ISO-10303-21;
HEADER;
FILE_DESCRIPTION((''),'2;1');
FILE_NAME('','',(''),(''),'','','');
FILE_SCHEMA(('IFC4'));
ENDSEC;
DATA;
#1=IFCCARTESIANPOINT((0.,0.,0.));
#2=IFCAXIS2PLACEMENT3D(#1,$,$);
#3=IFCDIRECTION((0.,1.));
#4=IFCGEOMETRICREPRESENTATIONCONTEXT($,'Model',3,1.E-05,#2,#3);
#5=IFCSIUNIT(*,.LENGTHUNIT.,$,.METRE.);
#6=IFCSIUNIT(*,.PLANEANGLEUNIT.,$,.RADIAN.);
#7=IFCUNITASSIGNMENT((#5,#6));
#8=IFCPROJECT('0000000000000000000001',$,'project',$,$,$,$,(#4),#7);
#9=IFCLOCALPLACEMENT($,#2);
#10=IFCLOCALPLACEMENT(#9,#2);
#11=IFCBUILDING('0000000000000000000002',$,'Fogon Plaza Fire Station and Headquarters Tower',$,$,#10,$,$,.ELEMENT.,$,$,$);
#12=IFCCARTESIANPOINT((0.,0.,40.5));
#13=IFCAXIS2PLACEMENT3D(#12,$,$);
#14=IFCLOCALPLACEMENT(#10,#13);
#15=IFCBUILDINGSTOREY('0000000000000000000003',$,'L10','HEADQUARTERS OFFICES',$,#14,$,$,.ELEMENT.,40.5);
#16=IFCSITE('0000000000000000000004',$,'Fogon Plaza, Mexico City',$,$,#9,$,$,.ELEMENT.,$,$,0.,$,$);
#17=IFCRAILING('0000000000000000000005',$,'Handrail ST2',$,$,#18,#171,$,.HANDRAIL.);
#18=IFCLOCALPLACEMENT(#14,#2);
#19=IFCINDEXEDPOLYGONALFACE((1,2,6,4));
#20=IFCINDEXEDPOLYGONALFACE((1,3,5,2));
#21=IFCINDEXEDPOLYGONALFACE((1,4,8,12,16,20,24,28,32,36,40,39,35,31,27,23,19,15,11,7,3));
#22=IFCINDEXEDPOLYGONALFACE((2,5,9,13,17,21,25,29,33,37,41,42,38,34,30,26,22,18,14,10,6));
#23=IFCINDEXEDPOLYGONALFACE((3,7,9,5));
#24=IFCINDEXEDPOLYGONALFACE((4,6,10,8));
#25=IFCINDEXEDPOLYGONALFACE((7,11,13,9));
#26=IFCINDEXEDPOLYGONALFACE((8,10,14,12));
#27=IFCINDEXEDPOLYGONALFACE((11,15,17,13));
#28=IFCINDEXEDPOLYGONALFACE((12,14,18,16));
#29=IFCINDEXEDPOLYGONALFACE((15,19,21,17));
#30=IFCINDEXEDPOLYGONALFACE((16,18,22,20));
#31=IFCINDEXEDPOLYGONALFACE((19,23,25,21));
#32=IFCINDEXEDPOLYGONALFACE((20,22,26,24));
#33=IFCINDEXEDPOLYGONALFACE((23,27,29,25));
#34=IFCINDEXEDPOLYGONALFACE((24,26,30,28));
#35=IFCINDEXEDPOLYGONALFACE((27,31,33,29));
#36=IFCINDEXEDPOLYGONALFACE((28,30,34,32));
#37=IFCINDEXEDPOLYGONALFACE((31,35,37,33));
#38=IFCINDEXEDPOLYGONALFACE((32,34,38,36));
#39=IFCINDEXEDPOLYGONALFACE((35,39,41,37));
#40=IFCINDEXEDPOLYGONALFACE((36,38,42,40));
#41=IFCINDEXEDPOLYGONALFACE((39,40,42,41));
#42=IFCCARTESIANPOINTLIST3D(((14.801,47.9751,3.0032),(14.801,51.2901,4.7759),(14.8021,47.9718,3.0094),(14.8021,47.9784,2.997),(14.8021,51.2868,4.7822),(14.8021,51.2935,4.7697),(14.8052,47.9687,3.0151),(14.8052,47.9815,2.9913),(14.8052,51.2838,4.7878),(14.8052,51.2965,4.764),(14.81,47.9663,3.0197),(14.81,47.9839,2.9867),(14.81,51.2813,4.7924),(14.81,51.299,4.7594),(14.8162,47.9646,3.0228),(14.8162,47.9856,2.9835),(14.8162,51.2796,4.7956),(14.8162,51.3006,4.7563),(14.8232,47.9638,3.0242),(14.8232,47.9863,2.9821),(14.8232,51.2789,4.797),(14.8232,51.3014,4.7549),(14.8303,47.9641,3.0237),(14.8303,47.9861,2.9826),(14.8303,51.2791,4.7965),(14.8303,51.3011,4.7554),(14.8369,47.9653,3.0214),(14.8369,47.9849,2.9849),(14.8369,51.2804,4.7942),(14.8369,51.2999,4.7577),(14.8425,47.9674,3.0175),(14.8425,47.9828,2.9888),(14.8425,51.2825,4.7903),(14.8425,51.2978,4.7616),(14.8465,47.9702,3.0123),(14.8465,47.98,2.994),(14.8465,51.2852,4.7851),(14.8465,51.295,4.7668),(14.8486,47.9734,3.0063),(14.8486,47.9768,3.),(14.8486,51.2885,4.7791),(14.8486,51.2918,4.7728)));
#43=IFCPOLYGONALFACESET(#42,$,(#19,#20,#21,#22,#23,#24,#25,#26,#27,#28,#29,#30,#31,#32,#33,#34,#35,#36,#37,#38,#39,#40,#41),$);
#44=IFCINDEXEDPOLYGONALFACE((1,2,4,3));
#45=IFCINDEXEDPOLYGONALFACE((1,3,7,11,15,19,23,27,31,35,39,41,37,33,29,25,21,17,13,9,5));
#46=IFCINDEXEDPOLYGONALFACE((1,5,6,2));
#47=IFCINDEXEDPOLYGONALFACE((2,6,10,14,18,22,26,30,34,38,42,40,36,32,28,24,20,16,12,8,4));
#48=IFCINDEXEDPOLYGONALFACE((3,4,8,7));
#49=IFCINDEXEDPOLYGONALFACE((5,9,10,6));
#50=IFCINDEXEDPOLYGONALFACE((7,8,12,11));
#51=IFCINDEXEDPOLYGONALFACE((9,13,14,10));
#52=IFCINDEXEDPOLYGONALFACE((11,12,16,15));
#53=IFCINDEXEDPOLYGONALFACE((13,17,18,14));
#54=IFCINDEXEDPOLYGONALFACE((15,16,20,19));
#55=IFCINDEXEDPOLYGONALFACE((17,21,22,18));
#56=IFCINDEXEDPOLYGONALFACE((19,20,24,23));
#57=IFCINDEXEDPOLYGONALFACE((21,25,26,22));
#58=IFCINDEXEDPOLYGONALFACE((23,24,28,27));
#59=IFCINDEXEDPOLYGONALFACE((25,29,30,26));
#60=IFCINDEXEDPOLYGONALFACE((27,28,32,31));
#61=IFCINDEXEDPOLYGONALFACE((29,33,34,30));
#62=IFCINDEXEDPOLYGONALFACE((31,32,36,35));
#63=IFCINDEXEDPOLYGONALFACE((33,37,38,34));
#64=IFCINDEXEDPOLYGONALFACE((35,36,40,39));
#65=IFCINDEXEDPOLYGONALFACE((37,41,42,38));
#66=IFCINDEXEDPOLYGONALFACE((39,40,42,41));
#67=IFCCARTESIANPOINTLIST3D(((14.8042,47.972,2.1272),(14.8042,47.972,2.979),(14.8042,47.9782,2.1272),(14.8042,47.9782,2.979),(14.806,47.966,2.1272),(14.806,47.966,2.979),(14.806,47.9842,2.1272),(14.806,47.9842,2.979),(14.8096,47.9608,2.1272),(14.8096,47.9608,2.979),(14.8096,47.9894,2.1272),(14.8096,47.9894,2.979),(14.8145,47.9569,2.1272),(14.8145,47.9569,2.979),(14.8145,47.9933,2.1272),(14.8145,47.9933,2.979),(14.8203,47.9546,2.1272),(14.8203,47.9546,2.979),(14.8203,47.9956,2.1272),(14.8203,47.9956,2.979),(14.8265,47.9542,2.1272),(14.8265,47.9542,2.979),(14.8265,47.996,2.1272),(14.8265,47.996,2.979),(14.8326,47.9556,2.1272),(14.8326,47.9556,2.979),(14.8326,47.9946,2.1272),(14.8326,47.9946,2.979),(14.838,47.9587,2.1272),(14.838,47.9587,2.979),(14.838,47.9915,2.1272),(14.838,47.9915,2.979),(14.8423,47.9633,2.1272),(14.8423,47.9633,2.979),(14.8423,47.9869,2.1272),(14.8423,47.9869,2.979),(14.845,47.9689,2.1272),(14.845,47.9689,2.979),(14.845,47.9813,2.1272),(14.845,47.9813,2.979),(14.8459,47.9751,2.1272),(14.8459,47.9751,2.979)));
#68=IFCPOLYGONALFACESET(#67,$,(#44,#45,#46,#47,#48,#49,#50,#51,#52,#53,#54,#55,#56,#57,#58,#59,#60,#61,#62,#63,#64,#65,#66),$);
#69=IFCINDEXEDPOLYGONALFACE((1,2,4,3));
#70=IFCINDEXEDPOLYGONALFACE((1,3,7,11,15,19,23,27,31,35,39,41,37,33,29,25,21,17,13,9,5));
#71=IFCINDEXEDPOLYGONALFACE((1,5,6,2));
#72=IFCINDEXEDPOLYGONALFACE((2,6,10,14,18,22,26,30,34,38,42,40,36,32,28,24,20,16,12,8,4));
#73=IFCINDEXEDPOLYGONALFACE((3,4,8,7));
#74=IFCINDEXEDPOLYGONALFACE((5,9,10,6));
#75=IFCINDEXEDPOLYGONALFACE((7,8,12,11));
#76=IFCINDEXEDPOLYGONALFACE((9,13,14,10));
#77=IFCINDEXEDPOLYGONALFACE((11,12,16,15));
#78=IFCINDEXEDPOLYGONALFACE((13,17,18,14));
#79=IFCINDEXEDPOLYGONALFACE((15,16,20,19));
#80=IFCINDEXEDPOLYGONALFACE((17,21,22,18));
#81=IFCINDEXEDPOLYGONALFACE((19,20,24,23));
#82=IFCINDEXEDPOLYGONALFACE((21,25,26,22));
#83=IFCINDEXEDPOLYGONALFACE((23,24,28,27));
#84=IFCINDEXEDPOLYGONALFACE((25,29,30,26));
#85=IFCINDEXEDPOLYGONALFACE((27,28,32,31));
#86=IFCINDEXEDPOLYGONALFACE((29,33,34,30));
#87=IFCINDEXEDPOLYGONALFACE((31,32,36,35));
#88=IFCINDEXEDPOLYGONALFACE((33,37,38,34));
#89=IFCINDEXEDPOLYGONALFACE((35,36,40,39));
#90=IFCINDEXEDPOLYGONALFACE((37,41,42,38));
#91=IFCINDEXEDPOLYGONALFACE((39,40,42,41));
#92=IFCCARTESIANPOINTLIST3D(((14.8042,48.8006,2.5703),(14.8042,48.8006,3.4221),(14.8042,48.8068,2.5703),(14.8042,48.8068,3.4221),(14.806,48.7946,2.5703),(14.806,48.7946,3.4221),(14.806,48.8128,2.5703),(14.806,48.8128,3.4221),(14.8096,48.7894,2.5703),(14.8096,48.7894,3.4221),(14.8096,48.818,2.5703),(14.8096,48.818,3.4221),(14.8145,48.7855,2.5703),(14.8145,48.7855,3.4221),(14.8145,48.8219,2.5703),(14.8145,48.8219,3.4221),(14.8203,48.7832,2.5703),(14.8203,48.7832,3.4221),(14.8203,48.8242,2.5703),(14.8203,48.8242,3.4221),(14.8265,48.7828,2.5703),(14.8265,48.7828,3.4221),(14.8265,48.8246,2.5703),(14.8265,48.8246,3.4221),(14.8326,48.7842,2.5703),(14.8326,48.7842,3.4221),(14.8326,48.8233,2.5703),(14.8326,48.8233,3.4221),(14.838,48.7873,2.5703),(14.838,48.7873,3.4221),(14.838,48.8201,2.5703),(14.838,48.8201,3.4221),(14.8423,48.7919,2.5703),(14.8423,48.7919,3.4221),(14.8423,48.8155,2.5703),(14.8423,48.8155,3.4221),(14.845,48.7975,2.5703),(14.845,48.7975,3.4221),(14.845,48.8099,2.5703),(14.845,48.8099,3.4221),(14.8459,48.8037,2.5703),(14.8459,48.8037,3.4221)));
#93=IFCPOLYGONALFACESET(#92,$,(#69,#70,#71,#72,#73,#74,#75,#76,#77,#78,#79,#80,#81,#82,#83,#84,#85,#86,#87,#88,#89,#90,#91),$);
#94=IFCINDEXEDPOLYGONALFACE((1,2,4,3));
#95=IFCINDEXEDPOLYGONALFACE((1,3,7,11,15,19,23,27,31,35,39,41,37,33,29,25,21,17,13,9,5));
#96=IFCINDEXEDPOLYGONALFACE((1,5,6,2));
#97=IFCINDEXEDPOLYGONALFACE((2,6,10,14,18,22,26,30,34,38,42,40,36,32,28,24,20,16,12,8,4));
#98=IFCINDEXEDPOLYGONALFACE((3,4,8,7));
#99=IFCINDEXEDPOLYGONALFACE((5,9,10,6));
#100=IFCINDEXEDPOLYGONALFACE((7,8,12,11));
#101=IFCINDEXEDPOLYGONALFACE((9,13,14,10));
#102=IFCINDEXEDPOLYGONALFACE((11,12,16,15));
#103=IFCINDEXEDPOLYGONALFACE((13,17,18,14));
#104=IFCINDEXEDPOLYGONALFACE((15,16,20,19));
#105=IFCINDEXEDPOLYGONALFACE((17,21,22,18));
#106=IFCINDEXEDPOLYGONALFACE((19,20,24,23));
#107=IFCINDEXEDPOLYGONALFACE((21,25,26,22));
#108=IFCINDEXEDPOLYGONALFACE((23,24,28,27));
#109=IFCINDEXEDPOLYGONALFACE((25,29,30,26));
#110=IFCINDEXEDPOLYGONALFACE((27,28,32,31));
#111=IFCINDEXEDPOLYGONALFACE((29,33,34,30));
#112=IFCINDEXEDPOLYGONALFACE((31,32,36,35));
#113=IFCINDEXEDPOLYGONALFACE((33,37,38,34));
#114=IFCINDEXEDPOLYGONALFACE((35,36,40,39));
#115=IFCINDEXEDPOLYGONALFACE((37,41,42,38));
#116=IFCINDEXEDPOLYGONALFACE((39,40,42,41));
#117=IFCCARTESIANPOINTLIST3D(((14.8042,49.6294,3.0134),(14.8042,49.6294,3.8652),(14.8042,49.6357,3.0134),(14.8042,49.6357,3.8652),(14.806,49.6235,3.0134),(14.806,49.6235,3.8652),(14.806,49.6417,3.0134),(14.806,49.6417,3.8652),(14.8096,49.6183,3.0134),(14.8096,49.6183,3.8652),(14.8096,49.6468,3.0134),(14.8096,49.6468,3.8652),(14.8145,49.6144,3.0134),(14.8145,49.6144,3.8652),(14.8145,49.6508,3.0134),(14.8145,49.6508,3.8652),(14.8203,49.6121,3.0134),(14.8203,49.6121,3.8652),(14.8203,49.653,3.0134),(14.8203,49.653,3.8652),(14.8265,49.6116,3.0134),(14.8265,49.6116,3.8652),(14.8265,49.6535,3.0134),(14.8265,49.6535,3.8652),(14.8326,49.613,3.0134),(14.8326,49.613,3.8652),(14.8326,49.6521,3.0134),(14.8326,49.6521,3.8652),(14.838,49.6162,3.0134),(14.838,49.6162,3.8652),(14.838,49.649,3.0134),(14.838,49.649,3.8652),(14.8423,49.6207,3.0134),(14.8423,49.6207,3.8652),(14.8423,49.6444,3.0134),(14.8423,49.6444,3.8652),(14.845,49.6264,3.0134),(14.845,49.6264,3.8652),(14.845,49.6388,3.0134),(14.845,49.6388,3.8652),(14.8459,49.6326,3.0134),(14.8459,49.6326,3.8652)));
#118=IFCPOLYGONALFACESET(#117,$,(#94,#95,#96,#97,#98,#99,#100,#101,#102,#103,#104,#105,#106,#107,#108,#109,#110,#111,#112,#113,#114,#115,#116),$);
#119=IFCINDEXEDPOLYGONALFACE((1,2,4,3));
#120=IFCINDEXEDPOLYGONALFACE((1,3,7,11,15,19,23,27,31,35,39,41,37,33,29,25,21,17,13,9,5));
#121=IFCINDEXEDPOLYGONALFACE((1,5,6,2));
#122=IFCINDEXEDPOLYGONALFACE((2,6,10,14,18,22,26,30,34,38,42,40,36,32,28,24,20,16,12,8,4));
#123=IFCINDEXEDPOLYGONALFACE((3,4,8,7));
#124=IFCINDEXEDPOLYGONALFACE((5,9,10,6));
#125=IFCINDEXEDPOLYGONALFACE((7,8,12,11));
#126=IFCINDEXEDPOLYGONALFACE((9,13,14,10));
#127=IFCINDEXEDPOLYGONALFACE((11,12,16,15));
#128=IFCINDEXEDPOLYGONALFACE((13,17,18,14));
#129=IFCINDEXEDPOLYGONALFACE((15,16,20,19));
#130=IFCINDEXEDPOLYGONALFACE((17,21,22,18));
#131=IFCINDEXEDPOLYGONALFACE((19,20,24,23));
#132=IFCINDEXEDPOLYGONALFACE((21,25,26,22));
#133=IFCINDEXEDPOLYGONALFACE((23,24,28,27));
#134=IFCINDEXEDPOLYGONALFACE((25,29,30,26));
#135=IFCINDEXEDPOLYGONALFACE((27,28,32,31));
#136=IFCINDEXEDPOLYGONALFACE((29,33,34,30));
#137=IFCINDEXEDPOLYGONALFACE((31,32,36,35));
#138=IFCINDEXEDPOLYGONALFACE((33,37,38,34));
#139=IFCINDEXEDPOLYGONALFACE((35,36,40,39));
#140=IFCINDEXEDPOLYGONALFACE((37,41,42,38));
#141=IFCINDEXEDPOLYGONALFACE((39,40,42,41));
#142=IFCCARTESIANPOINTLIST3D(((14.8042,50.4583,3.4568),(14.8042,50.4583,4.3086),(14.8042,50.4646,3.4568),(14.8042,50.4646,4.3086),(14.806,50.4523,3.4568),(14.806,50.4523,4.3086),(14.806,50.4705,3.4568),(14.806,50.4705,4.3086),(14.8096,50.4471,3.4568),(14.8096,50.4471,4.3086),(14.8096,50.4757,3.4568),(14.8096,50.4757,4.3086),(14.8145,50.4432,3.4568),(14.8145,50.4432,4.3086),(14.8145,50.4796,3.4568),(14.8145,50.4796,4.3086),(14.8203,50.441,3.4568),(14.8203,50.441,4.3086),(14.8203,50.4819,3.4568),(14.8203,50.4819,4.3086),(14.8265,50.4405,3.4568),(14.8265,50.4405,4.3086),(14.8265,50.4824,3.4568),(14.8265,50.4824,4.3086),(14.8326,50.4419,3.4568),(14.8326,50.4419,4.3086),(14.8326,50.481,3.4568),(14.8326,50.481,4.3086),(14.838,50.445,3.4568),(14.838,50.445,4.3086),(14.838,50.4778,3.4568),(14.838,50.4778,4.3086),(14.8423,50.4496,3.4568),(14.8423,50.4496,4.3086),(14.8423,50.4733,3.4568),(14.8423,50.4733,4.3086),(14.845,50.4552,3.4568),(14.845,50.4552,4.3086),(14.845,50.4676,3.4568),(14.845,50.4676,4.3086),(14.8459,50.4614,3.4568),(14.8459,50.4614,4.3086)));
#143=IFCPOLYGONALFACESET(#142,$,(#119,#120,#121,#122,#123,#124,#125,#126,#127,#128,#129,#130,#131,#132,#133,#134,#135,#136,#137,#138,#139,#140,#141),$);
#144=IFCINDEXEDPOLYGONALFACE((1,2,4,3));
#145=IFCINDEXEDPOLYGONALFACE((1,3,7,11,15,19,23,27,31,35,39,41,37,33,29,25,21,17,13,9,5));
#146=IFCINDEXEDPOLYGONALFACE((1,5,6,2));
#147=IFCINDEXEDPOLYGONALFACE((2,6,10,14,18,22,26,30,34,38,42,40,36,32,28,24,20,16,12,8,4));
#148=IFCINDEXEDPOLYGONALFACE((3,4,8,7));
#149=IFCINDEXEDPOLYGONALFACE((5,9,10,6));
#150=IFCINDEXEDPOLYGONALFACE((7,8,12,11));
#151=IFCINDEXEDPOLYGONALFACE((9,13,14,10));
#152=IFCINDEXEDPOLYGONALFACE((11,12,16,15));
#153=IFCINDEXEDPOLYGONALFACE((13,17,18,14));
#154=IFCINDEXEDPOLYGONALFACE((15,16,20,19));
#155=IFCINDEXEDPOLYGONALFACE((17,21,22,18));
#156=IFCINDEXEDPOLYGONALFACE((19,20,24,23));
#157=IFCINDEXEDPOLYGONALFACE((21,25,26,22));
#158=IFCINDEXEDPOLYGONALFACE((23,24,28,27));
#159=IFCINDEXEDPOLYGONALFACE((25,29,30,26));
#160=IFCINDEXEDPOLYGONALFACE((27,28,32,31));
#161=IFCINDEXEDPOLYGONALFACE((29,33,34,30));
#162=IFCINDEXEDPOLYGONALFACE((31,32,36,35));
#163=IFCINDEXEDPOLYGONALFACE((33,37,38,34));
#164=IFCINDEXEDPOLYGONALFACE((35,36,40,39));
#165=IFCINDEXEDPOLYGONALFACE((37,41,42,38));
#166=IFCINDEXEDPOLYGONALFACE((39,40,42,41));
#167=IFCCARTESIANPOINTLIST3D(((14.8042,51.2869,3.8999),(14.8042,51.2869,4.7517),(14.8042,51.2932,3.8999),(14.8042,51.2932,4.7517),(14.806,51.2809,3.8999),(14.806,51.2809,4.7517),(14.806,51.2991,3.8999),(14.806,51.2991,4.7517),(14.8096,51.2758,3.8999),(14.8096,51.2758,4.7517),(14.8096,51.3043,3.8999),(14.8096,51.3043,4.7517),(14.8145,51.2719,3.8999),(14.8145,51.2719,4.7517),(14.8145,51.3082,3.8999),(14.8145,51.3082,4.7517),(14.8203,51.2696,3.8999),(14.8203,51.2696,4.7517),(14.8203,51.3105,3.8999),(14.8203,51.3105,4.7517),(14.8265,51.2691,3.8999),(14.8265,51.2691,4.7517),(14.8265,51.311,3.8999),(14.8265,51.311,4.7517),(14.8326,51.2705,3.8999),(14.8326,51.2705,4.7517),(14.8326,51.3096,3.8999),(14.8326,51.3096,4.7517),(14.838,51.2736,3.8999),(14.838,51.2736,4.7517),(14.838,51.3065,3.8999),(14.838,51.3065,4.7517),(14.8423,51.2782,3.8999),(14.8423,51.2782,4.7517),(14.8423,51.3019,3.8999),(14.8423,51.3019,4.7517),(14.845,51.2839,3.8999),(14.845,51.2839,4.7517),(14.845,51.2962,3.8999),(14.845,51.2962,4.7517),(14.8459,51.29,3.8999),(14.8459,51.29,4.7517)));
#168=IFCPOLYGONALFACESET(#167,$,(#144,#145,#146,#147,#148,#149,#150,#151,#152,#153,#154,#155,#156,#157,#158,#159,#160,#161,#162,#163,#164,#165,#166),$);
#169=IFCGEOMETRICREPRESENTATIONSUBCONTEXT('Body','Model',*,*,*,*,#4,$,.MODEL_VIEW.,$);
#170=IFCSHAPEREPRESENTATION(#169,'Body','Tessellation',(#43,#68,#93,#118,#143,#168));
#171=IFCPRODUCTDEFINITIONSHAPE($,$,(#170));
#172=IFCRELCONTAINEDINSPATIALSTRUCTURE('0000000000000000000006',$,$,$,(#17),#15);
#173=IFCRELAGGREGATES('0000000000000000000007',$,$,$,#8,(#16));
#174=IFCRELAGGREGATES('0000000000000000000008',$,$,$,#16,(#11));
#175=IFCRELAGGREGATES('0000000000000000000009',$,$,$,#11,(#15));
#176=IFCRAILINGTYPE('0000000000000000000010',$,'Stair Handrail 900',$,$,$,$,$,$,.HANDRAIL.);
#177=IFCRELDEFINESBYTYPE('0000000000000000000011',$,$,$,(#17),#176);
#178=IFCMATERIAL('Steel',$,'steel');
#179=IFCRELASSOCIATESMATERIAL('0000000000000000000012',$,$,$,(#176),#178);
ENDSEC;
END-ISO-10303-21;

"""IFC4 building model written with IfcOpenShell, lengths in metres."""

from ifc_helpers import new_model, si_unit, direction, frame, origin, origin_2d, place, context, subcontext, project, spatial, circle, extrude, material, type_object, element, save


model = new_model("IFC4")

# Units and contexts
model_context = context("Model", 3, precision=1e-05, world=origin(), true_north=direction((0.0, 1.0)))
body_context = subcontext(model_context, "Body", "Model", "MODEL_VIEW")
ifc_project = project(units=[si_unit("LENGTHUNIT", "METRE"), si_unit("PLANEANGLEUNIT", "RADIAN")], contexts=[model_context])

# Site, building, storey
site_placement = place(None, origin())
site = spatial("IfcSite", under=ifc_project, at=site_placement, Name="Fogon Plaza, Mexico City", CompositionType="ELEMENT", RefElevation=0.0)
building_placement = place(site_placement, origin())
building = spatial("IfcBuilding", under=site, at=building_placement, Name="Fogon Plaza Fire Station and Headquarters Tower", CompositionType="ELEMENT")
storey_placement = place(building_placement, frame((0.0, 0.0, 40.5)))
storey = spatial("IfcBuildingStorey", under=building, at=storey_placement, Name="L10", Description="HEADQUARTERS OFFICES", CompositionType="ELEMENT", Elevation=40.5)

# Railing
ifc_material_1 = material(Name="Steel", Category="steel")
railing_type = type_object("IfcRailingType", Name="Stair Handrail 900", PredefinedType="HANDRAIL", material=ifc_material_1)
for number, where, name in (
    (1, (14.825, 47.9751, 2.1272), "Handrail ST2"),
):
    element("IfcRailing", number, at=place(storey_placement, frame(where)), inside=storey, type_object=railing_type, Name=name, PredefinedType="HANDRAIL", context=body_context, shape_type="SweptSolid", body=[
        extrude(circle(Radius=0.0239, at=origin_2d()), frame((0.0, 0.0, 0.876), z_axis=(0.0, 0.881829, 0.471569), x_axis=(-1.0, 0.0, 0.0)), (0.0, 0.0, 1.0), 3.7593),
        extrude(circle(Radius=0.021, at=origin_2d()), origin(), (0.0, 0.0, 1.0), 0.8518),
        extrude(circle(Radius=0.021, at=origin_2d()), frame((0.0, 0.8286, 0.4431)), (0.0, 0.0, 1.0), 0.8518),
        extrude(circle(Radius=0.021, at=origin_2d()), frame((0.0, 1.6575, 0.8862)), (0.0, 0.0, 1.0), 0.8518),
        extrude(circle(Radius=0.021, at=origin_2d()), frame((0.0, 2.4863, 1.3296)), (0.0, 0.0, 1.0), 0.8518),
        extrude(circle(Radius=0.021, at=origin_2d()), frame((0.0, 3.3149, 1.7727)), (0.0, 0.0, 1.0), 0.8518),
    ])

save(model, "model.ifc")
